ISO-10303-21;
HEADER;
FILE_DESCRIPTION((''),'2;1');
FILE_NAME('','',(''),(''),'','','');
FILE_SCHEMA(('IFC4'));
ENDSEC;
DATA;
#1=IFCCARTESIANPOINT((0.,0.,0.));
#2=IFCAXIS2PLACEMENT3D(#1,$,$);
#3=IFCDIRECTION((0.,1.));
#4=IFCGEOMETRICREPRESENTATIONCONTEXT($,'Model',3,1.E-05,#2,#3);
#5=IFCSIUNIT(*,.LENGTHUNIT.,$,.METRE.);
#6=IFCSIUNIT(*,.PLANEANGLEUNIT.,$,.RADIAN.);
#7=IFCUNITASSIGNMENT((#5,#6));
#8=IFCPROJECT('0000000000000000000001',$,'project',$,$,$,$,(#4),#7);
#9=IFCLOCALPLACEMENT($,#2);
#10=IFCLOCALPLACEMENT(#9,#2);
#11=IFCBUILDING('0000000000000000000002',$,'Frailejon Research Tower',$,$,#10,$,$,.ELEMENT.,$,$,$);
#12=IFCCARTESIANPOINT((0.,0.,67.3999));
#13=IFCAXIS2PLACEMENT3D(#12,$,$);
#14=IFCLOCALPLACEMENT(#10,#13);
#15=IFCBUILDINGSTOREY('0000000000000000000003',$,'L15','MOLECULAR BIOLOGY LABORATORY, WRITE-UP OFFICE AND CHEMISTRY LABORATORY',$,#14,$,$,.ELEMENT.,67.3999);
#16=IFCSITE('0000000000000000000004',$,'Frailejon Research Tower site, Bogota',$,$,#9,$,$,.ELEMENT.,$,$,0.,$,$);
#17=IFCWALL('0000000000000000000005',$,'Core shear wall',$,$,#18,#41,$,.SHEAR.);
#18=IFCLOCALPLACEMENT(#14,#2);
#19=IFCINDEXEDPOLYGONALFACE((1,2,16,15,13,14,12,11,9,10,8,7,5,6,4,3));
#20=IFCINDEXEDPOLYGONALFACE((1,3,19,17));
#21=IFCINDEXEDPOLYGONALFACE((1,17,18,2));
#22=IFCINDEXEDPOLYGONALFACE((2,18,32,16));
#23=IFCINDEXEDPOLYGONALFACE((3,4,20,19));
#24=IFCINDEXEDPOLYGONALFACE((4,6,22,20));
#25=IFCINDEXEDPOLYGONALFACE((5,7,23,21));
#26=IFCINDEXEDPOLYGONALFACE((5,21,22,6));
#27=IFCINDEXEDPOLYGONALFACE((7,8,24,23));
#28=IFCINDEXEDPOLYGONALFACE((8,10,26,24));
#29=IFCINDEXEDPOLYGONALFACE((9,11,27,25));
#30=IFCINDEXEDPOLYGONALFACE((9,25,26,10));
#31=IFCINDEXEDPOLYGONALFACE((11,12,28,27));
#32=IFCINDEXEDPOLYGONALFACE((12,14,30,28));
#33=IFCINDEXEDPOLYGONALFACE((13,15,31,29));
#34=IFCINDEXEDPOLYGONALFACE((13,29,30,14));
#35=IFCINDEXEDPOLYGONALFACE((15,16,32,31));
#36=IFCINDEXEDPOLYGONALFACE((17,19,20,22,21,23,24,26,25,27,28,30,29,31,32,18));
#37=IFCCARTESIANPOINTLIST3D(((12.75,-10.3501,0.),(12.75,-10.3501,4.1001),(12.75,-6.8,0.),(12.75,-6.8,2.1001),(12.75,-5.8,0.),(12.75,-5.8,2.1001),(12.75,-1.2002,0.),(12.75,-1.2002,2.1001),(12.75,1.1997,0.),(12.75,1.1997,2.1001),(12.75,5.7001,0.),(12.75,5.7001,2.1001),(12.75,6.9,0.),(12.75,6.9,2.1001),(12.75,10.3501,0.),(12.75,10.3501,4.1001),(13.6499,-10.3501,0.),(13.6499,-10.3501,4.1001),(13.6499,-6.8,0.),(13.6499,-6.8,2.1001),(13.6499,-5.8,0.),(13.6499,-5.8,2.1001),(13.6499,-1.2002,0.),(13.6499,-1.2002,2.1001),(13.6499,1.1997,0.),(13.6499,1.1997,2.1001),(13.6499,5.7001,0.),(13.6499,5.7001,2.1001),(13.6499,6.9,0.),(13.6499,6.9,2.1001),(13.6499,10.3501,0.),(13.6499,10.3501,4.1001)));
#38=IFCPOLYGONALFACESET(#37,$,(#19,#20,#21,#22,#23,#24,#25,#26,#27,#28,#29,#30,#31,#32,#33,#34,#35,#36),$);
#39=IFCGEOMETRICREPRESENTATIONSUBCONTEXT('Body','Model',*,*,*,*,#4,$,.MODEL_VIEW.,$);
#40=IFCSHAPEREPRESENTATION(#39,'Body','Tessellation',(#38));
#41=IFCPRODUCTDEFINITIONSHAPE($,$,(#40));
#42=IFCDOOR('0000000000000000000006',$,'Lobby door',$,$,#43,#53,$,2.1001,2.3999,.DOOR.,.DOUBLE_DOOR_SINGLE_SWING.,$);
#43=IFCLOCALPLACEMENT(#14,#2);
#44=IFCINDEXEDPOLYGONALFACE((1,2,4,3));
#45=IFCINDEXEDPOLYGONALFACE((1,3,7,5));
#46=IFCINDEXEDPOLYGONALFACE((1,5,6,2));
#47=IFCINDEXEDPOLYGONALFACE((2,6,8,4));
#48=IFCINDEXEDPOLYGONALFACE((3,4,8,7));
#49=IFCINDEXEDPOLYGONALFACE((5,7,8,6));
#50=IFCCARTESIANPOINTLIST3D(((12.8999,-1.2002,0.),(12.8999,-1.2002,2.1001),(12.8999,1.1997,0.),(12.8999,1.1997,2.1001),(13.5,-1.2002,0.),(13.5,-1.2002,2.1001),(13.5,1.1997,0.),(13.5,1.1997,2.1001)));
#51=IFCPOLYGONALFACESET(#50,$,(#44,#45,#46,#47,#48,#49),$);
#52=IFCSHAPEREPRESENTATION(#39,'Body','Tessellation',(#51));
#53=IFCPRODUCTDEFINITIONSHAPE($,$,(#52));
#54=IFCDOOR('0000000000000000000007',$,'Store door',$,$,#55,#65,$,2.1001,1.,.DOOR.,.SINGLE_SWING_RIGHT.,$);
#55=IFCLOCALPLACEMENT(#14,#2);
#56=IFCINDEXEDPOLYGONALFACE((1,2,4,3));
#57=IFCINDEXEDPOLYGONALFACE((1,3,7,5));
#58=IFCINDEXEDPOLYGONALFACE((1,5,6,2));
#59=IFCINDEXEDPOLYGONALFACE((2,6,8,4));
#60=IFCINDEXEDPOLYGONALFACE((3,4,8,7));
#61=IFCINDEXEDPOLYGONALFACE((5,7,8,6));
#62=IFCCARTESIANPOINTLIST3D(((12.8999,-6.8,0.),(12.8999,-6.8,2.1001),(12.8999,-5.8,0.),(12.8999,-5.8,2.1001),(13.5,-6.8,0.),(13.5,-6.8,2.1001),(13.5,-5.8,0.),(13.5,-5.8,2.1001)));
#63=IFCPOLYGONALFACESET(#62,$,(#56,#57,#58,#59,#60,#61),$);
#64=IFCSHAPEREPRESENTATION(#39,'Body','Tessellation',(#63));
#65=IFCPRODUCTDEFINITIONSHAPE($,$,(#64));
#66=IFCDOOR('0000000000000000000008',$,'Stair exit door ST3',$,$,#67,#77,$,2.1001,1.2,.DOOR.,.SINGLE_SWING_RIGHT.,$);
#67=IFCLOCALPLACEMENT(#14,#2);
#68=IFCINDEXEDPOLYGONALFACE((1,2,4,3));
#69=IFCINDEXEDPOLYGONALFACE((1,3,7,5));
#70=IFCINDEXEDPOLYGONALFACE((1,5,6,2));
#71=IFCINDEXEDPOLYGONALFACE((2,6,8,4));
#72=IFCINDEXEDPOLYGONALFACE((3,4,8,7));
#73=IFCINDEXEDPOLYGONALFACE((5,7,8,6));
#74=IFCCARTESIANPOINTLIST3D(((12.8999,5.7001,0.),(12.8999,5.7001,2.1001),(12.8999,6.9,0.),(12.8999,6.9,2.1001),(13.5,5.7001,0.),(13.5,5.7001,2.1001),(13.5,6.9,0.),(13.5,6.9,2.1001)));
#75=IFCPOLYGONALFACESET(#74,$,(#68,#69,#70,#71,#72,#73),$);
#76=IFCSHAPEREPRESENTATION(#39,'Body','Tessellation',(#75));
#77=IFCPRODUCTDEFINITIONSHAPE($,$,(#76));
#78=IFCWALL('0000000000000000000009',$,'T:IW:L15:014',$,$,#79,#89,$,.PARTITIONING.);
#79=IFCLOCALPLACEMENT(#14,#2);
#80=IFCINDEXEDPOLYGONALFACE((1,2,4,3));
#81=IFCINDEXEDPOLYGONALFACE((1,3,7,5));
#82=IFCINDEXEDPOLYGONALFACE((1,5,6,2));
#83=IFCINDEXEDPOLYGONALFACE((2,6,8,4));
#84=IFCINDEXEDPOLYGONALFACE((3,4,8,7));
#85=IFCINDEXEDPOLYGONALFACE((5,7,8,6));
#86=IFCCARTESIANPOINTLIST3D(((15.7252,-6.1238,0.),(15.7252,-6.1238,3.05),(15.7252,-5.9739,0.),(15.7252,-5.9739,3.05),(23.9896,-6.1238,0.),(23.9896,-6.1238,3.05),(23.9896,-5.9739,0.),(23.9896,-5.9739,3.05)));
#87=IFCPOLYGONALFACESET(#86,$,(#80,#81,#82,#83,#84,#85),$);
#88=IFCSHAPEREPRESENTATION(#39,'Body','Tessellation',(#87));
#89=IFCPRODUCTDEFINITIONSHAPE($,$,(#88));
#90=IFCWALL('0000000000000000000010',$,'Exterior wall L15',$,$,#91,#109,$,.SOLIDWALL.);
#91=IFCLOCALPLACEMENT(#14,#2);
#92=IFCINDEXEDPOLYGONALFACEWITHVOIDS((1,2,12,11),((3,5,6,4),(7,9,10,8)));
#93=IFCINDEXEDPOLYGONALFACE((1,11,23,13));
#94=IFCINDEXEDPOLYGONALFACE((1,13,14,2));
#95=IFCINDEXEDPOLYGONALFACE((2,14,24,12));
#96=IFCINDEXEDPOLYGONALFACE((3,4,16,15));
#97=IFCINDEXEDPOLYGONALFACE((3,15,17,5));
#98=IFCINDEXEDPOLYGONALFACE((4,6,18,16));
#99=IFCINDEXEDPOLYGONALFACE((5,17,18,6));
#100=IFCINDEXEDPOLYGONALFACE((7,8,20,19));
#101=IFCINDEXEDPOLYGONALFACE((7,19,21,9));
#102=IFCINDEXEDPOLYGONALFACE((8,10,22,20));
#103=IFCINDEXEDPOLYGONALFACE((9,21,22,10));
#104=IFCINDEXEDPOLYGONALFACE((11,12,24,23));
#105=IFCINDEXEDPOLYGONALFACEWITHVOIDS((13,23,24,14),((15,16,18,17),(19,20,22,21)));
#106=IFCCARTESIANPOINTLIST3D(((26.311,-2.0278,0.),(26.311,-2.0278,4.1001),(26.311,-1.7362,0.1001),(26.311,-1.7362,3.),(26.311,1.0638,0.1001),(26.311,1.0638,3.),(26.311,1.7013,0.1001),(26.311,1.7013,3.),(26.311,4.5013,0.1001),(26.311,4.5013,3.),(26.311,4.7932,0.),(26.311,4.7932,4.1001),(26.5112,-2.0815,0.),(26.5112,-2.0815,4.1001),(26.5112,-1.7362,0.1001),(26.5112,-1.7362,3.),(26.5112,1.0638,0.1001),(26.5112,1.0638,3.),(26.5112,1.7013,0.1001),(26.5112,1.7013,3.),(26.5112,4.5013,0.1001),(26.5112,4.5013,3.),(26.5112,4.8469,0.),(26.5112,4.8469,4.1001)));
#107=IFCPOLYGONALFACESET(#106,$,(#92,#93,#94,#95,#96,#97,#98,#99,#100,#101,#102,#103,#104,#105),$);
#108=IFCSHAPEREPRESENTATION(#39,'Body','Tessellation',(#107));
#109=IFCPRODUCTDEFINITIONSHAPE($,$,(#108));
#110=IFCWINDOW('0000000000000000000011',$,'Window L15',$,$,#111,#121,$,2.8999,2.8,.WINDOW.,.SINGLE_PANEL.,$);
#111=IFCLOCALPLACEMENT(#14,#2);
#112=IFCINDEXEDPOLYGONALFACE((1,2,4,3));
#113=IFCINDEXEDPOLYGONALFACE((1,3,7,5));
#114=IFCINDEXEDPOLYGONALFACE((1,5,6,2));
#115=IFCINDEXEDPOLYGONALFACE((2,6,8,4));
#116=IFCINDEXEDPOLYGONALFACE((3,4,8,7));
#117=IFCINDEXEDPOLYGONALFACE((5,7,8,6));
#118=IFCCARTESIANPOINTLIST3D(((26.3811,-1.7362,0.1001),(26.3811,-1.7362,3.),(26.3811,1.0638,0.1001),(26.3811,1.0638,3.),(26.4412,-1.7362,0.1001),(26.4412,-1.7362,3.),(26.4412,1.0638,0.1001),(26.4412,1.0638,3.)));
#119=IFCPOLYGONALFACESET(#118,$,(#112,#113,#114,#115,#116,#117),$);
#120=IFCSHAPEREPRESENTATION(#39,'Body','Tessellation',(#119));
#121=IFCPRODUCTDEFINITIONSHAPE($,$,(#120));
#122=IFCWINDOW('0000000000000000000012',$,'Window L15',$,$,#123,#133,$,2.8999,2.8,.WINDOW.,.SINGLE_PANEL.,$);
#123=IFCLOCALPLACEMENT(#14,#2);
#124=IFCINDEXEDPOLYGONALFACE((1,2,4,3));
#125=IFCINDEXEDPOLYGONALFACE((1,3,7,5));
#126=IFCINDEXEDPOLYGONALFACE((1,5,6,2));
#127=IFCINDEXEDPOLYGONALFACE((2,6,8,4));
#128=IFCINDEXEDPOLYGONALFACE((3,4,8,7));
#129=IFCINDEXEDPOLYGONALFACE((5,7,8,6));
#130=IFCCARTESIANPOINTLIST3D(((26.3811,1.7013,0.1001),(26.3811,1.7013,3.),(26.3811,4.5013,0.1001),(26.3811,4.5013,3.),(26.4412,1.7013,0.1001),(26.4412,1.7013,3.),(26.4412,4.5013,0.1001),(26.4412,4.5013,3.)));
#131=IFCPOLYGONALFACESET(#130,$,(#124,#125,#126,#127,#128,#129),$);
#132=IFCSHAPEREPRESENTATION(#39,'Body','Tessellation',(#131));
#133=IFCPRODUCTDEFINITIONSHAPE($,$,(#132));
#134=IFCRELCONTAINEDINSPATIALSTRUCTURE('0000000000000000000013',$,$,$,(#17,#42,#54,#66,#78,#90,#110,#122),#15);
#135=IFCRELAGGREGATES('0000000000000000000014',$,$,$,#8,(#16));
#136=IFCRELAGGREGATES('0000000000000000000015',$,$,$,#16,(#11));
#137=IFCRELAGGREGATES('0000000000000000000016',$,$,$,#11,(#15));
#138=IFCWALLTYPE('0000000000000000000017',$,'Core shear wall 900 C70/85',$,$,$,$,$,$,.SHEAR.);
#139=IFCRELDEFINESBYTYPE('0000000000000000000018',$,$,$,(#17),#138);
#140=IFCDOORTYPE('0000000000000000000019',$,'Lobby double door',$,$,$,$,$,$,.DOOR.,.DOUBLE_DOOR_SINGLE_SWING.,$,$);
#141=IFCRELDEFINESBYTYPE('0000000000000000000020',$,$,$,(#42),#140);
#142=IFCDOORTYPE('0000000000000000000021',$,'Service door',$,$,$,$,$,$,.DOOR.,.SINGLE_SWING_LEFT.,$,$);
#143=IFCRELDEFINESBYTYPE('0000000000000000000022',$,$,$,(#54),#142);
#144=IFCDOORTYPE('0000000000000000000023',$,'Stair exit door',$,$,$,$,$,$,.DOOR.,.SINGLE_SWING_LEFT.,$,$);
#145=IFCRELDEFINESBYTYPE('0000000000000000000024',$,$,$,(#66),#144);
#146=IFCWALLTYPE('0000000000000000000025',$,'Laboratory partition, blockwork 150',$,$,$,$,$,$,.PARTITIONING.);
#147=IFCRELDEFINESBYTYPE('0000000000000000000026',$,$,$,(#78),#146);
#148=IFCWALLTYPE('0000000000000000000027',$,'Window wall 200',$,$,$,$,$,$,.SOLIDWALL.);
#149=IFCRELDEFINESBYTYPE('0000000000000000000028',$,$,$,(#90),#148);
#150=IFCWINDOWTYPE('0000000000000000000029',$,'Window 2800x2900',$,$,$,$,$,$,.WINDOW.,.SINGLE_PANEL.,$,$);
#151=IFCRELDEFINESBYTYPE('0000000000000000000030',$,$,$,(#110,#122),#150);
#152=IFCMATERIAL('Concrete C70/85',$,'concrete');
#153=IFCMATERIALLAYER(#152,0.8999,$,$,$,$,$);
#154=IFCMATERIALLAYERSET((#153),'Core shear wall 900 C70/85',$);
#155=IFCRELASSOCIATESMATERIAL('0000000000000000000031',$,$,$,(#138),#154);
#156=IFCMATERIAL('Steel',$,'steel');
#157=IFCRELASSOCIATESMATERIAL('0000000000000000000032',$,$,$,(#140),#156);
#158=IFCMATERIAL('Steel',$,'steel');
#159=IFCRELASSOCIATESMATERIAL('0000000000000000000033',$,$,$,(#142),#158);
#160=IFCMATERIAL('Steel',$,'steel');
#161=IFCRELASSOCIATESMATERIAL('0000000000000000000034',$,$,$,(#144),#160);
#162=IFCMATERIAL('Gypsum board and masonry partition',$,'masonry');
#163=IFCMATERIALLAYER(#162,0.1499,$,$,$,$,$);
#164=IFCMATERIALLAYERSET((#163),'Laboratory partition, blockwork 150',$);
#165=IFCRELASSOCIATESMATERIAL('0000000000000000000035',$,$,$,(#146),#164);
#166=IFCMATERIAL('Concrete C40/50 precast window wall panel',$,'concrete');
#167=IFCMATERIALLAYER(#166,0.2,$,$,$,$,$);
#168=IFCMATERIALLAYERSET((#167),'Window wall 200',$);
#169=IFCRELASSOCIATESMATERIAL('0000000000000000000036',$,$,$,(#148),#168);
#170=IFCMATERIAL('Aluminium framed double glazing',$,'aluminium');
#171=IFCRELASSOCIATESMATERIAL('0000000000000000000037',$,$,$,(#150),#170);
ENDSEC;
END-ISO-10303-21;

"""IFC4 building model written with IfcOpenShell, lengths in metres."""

from ifc_helpers import new_model, si_unit, direction, frame, frame_2d, origin, place, context, subcontext, project, spatial, polyline, rectangle, outline, extrude, material, layer, layer_set, type_object, element, fill, save


model = new_model("IFC4")

# Units and contexts
model_context = context("Model", 3, precision=1e-05, world=origin(), true_north=direction((0.0, 1.0)))
body_context = subcontext(model_context, "Body", "Model", "MODEL_VIEW")
ifc_project = project(units=[si_unit("LENGTHUNIT", "METRE"), si_unit("PLANEANGLEUNIT", "RADIAN")], contexts=[model_context])

# Site, building, storey
site_placement = place(None, origin())
site = spatial("IfcSite", under=ifc_project, at=site_placement, Name="Frailejon Research Tower site, Bogota", CompositionType="ELEMENT", RefElevation=0.0)
building_placement = place(site_placement, origin())
building = spatial("IfcBuilding", under=site, at=building_placement, Name="Frailejon Research Tower", CompositionType="ELEMENT")
storey_placement = place(building_placement, frame((0.0, 0.0, 67.3999)))
storey = spatial("IfcBuildingStorey", under=building, at=storey_placement, Name="L15", Description="MOLECULAR BIOLOGY LABORATORY, WRITE-UP OFFICE AND CHEMISTRY LABORATORY", CompositionType="ELEMENT", Elevation=67.3999)

# Wall, openings, doors
ifc_material_1 = material(Name="Concrete C70/85", Category="concrete")
ifc_layer_1 = layer(ifc_material_1, 0.8999)
ifc_layer_set_1 = layer_set([ifc_layer_1], Name="Core shear wall 900 C70/85")
wall_type_1 = type_object("IfcWallType", Name="Core shear wall 900 C70/85", PredefinedType="SHEAR", material=ifc_layer_set_1)
wall_1_placement = place(storey_placement, frame((13.2, -10.3501, 0.0), z_axis=(0.0, 0.0, 1.0), x_axis=(0.0, 1.0, 0.0)))
wall_1 = element("IfcWall", 1, at=wall_1_placement, inside=storey, type_object=wall_type_1, Name="Core shear wall", PredefinedType="SHEAR", context=body_context, shape_type="SweptSolid", body=[
    extrude(rectangle(XDim=20.7002, YDim=0.8999, at=frame_2d((10.3501, 0.0))), origin(), (0.0, 0.0, 1.0), 4.1001),
])
opening_1_placement = place(wall_1_placement, frame((9.1499, 0.0, 0.0)))
opening_1 = element("IfcOpeningElement", 2, at=opening_1_placement, cuts=wall_1, PredefinedType="OPENING", context=body_context, shape_type="SweptSolid", body=[
    extrude(rectangle(XDim=2.3999, YDim=2.1001, at=frame_2d((1.2, 1.05))), frame((0.0, 0.46, 0.0), z_axis=(0.0, -1.0, 0.0), x_axis=(1.0, 0.0, 0.0)), (0.0, 0.0, 1.0), 0.9199),
])
opening_2_placement = place(wall_1_placement, frame((16.05, 0.0, 0.0)))
opening_2 = element("IfcOpeningElement", 3, at=opening_2_placement, cuts=wall_1, PredefinedType="OPENING", context=body_context, shape_type="SweptSolid", body=[
    extrude(rectangle(XDim=1.2, YDim=2.1001, at=frame_2d((0.6001, 1.05))), frame((0.0, 0.46, 0.0), z_axis=(0.0, -1.0, 0.0), x_axis=(1.0, 0.0, 0.0)), (0.0, 0.0, 1.0), 0.9199),
])
opening_3_placement = place(wall_1_placement, frame((3.55, 0.0, 0.0)))
opening_3 = element("IfcOpeningElement", 4, at=opening_3_placement, cuts=wall_1, PredefinedType="OPENING", context=body_context, shape_type="SweptSolid", body=[
    extrude(rectangle(XDim=1.0, YDim=2.1001, at=frame_2d((0.5, 1.05))), frame((0.0, 0.46, 0.0), z_axis=(0.0, -1.0, 0.0), x_axis=(1.0, 0.0, 0.0)), (0.0, 0.0, 1.0), 0.9199),
])
ifc_material_2 = material(Name="Steel", Category="steel")
door_type_1 = type_object("IfcDoorType", Name="Lobby double door", OperationType="DOUBLE_DOOR_SINGLE_SWING", PredefinedType="DOOR", material=ifc_material_2)
door_1_placement = place(opening_1_placement, origin())
door_1 = element("IfcDoor", 5, at=door_1_placement, inside=storey, type_object=door_type_1, Name="Lobby door", OperationType="DOUBLE_DOOR_SINGLE_SWING", OverallHeight=2.1001, OverallWidth=2.3999, PredefinedType="DOOR", context=body_context, shape_type="SweptSolid", body=[
    extrude(rectangle(XDim=2.3999, YDim=2.1001, at=frame_2d((1.2, 1.05))), frame((0.0, 0.3, 0.0), z_axis=(0.0, -1.0, 0.0), x_axis=(1.0, 0.0, 0.0)), (0.0, 0.0, 1.0), 0.6001),
])
fill(opening_1, door_1)
ifc_material_3 = material(Name="Steel", Category="steel")
door_type_2 = type_object("IfcDoorType", Name="Service door", OperationType="SINGLE_SWING_LEFT", PredefinedType="DOOR", material=ifc_material_3)
door_2_placement = place(opening_3_placement, origin())
door_2 = element("IfcDoor", 6, at=door_2_placement, inside=storey, type_object=door_type_2, Name="Store door", OperationType="SINGLE_SWING_RIGHT", OverallHeight=2.1001, OverallWidth=1.0, PredefinedType="DOOR", context=body_context, shape_type="SweptSolid", body=[
    extrude(rectangle(XDim=1.0, YDim=2.1001, at=frame_2d((0.5, 1.05))), frame((0.0, 0.3, 0.0), z_axis=(0.0, -1.0, 0.0), x_axis=(1.0, 0.0, 0.0)), (0.0, 0.0, 1.0), 0.6001),
])
fill(opening_3, door_2)
ifc_material_4 = material(Name="Steel", Category="steel")
door_type_3 = type_object("IfcDoorType", Name="Stair exit door", OperationType="SINGLE_SWING_LEFT", PredefinedType="DOOR", material=ifc_material_4)
door_3_placement = place(opening_2_placement, origin())
door_3 = element("IfcDoor", 7, at=door_3_placement, inside=storey, type_object=door_type_3, Name="Stair exit door ST3", OperationType="SINGLE_SWING_RIGHT", OverallHeight=2.1001, OverallWidth=1.2, PredefinedType="DOOR", context=body_context, shape_type="SweptSolid", body=[
    extrude(rectangle(XDim=1.2, YDim=2.1001, at=frame_2d((0.6001, 1.05))), frame((0.0, 0.3, 0.0), z_axis=(0.0, -1.0, 0.0), x_axis=(1.0, 0.0, 0.0)), (0.0, 0.0, 1.0), 0.6001),
])
fill(opening_2, door_3)

# Wall
ifc_material_5 = material(Name="Gypsum board and masonry partition", Category="masonry")
ifc_layer_2 = layer(ifc_material_5, 0.1499)
ifc_layer_set_2 = layer_set([ifc_layer_2], Name="Laboratory partition, blockwork 150")
wall_type_2 = type_object("IfcWallType", Name="Laboratory partition, blockwork 150", PredefinedType="PARTITIONING", material=ifc_layer_set_2)
wall_2_placement = place(storey_placement, frame((15.7251, -6.0488, 0.0), z_axis=(0.0, 0.0, 1.0), x_axis=(1.0, 0.0, 0.0)))
element("IfcWall", 8, at=wall_2_placement, inside=storey, type_object=wall_type_2, Name="T:IW:L15:014", PredefinedType="PARTITIONING", context=body_context, shape_type="SweptSolid", body=[
    extrude(rectangle(XDim=8.2644, YDim=0.1499, at=frame_2d((4.1323, 0.0))), origin(), (0.0, 0.0, 1.0), 3.05),
])

# Wall, openings, windows
ifc_material_6 = material(Name="Concrete C40/50 precast window wall panel", Category="concrete")
ifc_layer_3 = layer(ifc_material_6, 0.2)
ifc_layer_set_3 = layer_set([ifc_layer_3], Name="Window wall 200")
wall_type_3 = type_object("IfcWallType", Name="Window wall 200", PredefinedType="SOLIDWALL", material=ifc_layer_set_3)
wall_3_placement = place(storey_placement, frame((26.4111, -2.0547, 0.0), z_axis=(0.0, 0.0, 1.0), x_axis=(0.0, 1.0, 0.0)))
wall_3 = element("IfcWall", 9, at=wall_3_placement, inside=storey, type_object=wall_type_3, Name="Exterior wall L15", PredefinedType="SOLIDWALL", context=body_context, shape_type="SweptSolid", body=[
    extrude(outline(polyline([(-0.0269, -0.1001), (1.1279, -0.1001), (2.2827, -0.1001), (3.4375, -0.1001), (4.592, -0.1001), (5.7468, -0.1001), (6.9016, -0.1001), (6.8479, 0.1001), (5.7109, 0.1001), (4.5742, 0.1001), (3.4375, 0.1001), (2.3005, 0.1001), (1.1636, 0.1001), (0.0269, 0.1001), (-0.0269, -0.1001)])), origin(), (0.0, 0.0, 1.0), 4.1001),
])
opening_4_placement = place(wall_3_placement, frame((0.3186, 0.0, 0.1001)))
opening_4 = element("IfcOpeningElement", 10, at=opening_4_placement, cuts=wall_3, PredefinedType="OPENING", context=body_context, shape_type="SweptSolid", body=[
    extrude(rectangle(XDim=2.8, YDim=2.8999, at=frame_2d((1.3999, 1.45))), frame((0.0, 0.1099, 0.0), z_axis=(0.0, -1.0, 0.0), x_axis=(1.0, 0.0, 0.0)), (0.0, 0.0, 1.0), 0.22),
])
opening_5_placement = place(wall_3_placement, frame((3.7561, 0.0, 0.1001)))
opening_5 = element("IfcOpeningElement", 11, at=opening_5_placement, cuts=wall_3, PredefinedType="OPENING", context=body_context, shape_type="SweptSolid", body=[
    extrude(rectangle(XDim=2.8, YDim=2.8999, at=frame_2d((1.3999, 1.45))), frame((0.0, 0.1099, 0.0), z_axis=(0.0, -1.0, 0.0), x_axis=(1.0, 0.0, 0.0)), (0.0, 0.0, 1.0), 0.22),
])
ifc_material_7 = material(Name="Aluminium framed double glazing", Category="aluminium")
window_type = type_object("IfcWindowType", Name="Window 2800x2900", PartitioningType="SINGLE_PANEL", PredefinedType="WINDOW", material=ifc_material_7)
window_1_placement = place(opening_4_placement, origin())
window_1 = element("IfcWindow", 12, at=window_1_placement, inside=storey, type_object=window_type, Name="Window L15", OverallHeight=2.8999, OverallWidth=2.8, PartitioningType="SINGLE_PANEL", PredefinedType="WINDOW", context=body_context, shape_type="SweptSolid", body=[
    extrude(rectangle(XDim=2.8, YDim=2.8999, at=frame_2d((1.3999, 1.45))), frame((0.0, 0.03, 0.0), z_axis=(0.0, -1.0, 0.0), x_axis=(1.0, 0.0, 0.0)), (0.0, 0.0, 1.0), 0.0601),
])
fill(opening_4, window_1)
window_2_placement = place(opening_5_placement, origin())
window_2 = element("IfcWindow", 13, at=window_2_placement, inside=storey, type_object=window_type, Name="Window L15", OverallHeight=2.8999, OverallWidth=2.8, PartitioningType="SINGLE_PANEL", PredefinedType="WINDOW", context=body_context, shape_type="SweptSolid", body=[
    extrude(rectangle(XDim=2.8, YDim=2.8999, at=frame_2d((1.3999, 1.45))), frame((0.0, 0.03, 0.0), z_axis=(0.0, -1.0, 0.0), x_axis=(1.0, 0.0, 0.0)), (0.0, 0.0, 1.0), 0.0601),
])
fill(opening_5, window_2)

save(model, "model.ifc")
